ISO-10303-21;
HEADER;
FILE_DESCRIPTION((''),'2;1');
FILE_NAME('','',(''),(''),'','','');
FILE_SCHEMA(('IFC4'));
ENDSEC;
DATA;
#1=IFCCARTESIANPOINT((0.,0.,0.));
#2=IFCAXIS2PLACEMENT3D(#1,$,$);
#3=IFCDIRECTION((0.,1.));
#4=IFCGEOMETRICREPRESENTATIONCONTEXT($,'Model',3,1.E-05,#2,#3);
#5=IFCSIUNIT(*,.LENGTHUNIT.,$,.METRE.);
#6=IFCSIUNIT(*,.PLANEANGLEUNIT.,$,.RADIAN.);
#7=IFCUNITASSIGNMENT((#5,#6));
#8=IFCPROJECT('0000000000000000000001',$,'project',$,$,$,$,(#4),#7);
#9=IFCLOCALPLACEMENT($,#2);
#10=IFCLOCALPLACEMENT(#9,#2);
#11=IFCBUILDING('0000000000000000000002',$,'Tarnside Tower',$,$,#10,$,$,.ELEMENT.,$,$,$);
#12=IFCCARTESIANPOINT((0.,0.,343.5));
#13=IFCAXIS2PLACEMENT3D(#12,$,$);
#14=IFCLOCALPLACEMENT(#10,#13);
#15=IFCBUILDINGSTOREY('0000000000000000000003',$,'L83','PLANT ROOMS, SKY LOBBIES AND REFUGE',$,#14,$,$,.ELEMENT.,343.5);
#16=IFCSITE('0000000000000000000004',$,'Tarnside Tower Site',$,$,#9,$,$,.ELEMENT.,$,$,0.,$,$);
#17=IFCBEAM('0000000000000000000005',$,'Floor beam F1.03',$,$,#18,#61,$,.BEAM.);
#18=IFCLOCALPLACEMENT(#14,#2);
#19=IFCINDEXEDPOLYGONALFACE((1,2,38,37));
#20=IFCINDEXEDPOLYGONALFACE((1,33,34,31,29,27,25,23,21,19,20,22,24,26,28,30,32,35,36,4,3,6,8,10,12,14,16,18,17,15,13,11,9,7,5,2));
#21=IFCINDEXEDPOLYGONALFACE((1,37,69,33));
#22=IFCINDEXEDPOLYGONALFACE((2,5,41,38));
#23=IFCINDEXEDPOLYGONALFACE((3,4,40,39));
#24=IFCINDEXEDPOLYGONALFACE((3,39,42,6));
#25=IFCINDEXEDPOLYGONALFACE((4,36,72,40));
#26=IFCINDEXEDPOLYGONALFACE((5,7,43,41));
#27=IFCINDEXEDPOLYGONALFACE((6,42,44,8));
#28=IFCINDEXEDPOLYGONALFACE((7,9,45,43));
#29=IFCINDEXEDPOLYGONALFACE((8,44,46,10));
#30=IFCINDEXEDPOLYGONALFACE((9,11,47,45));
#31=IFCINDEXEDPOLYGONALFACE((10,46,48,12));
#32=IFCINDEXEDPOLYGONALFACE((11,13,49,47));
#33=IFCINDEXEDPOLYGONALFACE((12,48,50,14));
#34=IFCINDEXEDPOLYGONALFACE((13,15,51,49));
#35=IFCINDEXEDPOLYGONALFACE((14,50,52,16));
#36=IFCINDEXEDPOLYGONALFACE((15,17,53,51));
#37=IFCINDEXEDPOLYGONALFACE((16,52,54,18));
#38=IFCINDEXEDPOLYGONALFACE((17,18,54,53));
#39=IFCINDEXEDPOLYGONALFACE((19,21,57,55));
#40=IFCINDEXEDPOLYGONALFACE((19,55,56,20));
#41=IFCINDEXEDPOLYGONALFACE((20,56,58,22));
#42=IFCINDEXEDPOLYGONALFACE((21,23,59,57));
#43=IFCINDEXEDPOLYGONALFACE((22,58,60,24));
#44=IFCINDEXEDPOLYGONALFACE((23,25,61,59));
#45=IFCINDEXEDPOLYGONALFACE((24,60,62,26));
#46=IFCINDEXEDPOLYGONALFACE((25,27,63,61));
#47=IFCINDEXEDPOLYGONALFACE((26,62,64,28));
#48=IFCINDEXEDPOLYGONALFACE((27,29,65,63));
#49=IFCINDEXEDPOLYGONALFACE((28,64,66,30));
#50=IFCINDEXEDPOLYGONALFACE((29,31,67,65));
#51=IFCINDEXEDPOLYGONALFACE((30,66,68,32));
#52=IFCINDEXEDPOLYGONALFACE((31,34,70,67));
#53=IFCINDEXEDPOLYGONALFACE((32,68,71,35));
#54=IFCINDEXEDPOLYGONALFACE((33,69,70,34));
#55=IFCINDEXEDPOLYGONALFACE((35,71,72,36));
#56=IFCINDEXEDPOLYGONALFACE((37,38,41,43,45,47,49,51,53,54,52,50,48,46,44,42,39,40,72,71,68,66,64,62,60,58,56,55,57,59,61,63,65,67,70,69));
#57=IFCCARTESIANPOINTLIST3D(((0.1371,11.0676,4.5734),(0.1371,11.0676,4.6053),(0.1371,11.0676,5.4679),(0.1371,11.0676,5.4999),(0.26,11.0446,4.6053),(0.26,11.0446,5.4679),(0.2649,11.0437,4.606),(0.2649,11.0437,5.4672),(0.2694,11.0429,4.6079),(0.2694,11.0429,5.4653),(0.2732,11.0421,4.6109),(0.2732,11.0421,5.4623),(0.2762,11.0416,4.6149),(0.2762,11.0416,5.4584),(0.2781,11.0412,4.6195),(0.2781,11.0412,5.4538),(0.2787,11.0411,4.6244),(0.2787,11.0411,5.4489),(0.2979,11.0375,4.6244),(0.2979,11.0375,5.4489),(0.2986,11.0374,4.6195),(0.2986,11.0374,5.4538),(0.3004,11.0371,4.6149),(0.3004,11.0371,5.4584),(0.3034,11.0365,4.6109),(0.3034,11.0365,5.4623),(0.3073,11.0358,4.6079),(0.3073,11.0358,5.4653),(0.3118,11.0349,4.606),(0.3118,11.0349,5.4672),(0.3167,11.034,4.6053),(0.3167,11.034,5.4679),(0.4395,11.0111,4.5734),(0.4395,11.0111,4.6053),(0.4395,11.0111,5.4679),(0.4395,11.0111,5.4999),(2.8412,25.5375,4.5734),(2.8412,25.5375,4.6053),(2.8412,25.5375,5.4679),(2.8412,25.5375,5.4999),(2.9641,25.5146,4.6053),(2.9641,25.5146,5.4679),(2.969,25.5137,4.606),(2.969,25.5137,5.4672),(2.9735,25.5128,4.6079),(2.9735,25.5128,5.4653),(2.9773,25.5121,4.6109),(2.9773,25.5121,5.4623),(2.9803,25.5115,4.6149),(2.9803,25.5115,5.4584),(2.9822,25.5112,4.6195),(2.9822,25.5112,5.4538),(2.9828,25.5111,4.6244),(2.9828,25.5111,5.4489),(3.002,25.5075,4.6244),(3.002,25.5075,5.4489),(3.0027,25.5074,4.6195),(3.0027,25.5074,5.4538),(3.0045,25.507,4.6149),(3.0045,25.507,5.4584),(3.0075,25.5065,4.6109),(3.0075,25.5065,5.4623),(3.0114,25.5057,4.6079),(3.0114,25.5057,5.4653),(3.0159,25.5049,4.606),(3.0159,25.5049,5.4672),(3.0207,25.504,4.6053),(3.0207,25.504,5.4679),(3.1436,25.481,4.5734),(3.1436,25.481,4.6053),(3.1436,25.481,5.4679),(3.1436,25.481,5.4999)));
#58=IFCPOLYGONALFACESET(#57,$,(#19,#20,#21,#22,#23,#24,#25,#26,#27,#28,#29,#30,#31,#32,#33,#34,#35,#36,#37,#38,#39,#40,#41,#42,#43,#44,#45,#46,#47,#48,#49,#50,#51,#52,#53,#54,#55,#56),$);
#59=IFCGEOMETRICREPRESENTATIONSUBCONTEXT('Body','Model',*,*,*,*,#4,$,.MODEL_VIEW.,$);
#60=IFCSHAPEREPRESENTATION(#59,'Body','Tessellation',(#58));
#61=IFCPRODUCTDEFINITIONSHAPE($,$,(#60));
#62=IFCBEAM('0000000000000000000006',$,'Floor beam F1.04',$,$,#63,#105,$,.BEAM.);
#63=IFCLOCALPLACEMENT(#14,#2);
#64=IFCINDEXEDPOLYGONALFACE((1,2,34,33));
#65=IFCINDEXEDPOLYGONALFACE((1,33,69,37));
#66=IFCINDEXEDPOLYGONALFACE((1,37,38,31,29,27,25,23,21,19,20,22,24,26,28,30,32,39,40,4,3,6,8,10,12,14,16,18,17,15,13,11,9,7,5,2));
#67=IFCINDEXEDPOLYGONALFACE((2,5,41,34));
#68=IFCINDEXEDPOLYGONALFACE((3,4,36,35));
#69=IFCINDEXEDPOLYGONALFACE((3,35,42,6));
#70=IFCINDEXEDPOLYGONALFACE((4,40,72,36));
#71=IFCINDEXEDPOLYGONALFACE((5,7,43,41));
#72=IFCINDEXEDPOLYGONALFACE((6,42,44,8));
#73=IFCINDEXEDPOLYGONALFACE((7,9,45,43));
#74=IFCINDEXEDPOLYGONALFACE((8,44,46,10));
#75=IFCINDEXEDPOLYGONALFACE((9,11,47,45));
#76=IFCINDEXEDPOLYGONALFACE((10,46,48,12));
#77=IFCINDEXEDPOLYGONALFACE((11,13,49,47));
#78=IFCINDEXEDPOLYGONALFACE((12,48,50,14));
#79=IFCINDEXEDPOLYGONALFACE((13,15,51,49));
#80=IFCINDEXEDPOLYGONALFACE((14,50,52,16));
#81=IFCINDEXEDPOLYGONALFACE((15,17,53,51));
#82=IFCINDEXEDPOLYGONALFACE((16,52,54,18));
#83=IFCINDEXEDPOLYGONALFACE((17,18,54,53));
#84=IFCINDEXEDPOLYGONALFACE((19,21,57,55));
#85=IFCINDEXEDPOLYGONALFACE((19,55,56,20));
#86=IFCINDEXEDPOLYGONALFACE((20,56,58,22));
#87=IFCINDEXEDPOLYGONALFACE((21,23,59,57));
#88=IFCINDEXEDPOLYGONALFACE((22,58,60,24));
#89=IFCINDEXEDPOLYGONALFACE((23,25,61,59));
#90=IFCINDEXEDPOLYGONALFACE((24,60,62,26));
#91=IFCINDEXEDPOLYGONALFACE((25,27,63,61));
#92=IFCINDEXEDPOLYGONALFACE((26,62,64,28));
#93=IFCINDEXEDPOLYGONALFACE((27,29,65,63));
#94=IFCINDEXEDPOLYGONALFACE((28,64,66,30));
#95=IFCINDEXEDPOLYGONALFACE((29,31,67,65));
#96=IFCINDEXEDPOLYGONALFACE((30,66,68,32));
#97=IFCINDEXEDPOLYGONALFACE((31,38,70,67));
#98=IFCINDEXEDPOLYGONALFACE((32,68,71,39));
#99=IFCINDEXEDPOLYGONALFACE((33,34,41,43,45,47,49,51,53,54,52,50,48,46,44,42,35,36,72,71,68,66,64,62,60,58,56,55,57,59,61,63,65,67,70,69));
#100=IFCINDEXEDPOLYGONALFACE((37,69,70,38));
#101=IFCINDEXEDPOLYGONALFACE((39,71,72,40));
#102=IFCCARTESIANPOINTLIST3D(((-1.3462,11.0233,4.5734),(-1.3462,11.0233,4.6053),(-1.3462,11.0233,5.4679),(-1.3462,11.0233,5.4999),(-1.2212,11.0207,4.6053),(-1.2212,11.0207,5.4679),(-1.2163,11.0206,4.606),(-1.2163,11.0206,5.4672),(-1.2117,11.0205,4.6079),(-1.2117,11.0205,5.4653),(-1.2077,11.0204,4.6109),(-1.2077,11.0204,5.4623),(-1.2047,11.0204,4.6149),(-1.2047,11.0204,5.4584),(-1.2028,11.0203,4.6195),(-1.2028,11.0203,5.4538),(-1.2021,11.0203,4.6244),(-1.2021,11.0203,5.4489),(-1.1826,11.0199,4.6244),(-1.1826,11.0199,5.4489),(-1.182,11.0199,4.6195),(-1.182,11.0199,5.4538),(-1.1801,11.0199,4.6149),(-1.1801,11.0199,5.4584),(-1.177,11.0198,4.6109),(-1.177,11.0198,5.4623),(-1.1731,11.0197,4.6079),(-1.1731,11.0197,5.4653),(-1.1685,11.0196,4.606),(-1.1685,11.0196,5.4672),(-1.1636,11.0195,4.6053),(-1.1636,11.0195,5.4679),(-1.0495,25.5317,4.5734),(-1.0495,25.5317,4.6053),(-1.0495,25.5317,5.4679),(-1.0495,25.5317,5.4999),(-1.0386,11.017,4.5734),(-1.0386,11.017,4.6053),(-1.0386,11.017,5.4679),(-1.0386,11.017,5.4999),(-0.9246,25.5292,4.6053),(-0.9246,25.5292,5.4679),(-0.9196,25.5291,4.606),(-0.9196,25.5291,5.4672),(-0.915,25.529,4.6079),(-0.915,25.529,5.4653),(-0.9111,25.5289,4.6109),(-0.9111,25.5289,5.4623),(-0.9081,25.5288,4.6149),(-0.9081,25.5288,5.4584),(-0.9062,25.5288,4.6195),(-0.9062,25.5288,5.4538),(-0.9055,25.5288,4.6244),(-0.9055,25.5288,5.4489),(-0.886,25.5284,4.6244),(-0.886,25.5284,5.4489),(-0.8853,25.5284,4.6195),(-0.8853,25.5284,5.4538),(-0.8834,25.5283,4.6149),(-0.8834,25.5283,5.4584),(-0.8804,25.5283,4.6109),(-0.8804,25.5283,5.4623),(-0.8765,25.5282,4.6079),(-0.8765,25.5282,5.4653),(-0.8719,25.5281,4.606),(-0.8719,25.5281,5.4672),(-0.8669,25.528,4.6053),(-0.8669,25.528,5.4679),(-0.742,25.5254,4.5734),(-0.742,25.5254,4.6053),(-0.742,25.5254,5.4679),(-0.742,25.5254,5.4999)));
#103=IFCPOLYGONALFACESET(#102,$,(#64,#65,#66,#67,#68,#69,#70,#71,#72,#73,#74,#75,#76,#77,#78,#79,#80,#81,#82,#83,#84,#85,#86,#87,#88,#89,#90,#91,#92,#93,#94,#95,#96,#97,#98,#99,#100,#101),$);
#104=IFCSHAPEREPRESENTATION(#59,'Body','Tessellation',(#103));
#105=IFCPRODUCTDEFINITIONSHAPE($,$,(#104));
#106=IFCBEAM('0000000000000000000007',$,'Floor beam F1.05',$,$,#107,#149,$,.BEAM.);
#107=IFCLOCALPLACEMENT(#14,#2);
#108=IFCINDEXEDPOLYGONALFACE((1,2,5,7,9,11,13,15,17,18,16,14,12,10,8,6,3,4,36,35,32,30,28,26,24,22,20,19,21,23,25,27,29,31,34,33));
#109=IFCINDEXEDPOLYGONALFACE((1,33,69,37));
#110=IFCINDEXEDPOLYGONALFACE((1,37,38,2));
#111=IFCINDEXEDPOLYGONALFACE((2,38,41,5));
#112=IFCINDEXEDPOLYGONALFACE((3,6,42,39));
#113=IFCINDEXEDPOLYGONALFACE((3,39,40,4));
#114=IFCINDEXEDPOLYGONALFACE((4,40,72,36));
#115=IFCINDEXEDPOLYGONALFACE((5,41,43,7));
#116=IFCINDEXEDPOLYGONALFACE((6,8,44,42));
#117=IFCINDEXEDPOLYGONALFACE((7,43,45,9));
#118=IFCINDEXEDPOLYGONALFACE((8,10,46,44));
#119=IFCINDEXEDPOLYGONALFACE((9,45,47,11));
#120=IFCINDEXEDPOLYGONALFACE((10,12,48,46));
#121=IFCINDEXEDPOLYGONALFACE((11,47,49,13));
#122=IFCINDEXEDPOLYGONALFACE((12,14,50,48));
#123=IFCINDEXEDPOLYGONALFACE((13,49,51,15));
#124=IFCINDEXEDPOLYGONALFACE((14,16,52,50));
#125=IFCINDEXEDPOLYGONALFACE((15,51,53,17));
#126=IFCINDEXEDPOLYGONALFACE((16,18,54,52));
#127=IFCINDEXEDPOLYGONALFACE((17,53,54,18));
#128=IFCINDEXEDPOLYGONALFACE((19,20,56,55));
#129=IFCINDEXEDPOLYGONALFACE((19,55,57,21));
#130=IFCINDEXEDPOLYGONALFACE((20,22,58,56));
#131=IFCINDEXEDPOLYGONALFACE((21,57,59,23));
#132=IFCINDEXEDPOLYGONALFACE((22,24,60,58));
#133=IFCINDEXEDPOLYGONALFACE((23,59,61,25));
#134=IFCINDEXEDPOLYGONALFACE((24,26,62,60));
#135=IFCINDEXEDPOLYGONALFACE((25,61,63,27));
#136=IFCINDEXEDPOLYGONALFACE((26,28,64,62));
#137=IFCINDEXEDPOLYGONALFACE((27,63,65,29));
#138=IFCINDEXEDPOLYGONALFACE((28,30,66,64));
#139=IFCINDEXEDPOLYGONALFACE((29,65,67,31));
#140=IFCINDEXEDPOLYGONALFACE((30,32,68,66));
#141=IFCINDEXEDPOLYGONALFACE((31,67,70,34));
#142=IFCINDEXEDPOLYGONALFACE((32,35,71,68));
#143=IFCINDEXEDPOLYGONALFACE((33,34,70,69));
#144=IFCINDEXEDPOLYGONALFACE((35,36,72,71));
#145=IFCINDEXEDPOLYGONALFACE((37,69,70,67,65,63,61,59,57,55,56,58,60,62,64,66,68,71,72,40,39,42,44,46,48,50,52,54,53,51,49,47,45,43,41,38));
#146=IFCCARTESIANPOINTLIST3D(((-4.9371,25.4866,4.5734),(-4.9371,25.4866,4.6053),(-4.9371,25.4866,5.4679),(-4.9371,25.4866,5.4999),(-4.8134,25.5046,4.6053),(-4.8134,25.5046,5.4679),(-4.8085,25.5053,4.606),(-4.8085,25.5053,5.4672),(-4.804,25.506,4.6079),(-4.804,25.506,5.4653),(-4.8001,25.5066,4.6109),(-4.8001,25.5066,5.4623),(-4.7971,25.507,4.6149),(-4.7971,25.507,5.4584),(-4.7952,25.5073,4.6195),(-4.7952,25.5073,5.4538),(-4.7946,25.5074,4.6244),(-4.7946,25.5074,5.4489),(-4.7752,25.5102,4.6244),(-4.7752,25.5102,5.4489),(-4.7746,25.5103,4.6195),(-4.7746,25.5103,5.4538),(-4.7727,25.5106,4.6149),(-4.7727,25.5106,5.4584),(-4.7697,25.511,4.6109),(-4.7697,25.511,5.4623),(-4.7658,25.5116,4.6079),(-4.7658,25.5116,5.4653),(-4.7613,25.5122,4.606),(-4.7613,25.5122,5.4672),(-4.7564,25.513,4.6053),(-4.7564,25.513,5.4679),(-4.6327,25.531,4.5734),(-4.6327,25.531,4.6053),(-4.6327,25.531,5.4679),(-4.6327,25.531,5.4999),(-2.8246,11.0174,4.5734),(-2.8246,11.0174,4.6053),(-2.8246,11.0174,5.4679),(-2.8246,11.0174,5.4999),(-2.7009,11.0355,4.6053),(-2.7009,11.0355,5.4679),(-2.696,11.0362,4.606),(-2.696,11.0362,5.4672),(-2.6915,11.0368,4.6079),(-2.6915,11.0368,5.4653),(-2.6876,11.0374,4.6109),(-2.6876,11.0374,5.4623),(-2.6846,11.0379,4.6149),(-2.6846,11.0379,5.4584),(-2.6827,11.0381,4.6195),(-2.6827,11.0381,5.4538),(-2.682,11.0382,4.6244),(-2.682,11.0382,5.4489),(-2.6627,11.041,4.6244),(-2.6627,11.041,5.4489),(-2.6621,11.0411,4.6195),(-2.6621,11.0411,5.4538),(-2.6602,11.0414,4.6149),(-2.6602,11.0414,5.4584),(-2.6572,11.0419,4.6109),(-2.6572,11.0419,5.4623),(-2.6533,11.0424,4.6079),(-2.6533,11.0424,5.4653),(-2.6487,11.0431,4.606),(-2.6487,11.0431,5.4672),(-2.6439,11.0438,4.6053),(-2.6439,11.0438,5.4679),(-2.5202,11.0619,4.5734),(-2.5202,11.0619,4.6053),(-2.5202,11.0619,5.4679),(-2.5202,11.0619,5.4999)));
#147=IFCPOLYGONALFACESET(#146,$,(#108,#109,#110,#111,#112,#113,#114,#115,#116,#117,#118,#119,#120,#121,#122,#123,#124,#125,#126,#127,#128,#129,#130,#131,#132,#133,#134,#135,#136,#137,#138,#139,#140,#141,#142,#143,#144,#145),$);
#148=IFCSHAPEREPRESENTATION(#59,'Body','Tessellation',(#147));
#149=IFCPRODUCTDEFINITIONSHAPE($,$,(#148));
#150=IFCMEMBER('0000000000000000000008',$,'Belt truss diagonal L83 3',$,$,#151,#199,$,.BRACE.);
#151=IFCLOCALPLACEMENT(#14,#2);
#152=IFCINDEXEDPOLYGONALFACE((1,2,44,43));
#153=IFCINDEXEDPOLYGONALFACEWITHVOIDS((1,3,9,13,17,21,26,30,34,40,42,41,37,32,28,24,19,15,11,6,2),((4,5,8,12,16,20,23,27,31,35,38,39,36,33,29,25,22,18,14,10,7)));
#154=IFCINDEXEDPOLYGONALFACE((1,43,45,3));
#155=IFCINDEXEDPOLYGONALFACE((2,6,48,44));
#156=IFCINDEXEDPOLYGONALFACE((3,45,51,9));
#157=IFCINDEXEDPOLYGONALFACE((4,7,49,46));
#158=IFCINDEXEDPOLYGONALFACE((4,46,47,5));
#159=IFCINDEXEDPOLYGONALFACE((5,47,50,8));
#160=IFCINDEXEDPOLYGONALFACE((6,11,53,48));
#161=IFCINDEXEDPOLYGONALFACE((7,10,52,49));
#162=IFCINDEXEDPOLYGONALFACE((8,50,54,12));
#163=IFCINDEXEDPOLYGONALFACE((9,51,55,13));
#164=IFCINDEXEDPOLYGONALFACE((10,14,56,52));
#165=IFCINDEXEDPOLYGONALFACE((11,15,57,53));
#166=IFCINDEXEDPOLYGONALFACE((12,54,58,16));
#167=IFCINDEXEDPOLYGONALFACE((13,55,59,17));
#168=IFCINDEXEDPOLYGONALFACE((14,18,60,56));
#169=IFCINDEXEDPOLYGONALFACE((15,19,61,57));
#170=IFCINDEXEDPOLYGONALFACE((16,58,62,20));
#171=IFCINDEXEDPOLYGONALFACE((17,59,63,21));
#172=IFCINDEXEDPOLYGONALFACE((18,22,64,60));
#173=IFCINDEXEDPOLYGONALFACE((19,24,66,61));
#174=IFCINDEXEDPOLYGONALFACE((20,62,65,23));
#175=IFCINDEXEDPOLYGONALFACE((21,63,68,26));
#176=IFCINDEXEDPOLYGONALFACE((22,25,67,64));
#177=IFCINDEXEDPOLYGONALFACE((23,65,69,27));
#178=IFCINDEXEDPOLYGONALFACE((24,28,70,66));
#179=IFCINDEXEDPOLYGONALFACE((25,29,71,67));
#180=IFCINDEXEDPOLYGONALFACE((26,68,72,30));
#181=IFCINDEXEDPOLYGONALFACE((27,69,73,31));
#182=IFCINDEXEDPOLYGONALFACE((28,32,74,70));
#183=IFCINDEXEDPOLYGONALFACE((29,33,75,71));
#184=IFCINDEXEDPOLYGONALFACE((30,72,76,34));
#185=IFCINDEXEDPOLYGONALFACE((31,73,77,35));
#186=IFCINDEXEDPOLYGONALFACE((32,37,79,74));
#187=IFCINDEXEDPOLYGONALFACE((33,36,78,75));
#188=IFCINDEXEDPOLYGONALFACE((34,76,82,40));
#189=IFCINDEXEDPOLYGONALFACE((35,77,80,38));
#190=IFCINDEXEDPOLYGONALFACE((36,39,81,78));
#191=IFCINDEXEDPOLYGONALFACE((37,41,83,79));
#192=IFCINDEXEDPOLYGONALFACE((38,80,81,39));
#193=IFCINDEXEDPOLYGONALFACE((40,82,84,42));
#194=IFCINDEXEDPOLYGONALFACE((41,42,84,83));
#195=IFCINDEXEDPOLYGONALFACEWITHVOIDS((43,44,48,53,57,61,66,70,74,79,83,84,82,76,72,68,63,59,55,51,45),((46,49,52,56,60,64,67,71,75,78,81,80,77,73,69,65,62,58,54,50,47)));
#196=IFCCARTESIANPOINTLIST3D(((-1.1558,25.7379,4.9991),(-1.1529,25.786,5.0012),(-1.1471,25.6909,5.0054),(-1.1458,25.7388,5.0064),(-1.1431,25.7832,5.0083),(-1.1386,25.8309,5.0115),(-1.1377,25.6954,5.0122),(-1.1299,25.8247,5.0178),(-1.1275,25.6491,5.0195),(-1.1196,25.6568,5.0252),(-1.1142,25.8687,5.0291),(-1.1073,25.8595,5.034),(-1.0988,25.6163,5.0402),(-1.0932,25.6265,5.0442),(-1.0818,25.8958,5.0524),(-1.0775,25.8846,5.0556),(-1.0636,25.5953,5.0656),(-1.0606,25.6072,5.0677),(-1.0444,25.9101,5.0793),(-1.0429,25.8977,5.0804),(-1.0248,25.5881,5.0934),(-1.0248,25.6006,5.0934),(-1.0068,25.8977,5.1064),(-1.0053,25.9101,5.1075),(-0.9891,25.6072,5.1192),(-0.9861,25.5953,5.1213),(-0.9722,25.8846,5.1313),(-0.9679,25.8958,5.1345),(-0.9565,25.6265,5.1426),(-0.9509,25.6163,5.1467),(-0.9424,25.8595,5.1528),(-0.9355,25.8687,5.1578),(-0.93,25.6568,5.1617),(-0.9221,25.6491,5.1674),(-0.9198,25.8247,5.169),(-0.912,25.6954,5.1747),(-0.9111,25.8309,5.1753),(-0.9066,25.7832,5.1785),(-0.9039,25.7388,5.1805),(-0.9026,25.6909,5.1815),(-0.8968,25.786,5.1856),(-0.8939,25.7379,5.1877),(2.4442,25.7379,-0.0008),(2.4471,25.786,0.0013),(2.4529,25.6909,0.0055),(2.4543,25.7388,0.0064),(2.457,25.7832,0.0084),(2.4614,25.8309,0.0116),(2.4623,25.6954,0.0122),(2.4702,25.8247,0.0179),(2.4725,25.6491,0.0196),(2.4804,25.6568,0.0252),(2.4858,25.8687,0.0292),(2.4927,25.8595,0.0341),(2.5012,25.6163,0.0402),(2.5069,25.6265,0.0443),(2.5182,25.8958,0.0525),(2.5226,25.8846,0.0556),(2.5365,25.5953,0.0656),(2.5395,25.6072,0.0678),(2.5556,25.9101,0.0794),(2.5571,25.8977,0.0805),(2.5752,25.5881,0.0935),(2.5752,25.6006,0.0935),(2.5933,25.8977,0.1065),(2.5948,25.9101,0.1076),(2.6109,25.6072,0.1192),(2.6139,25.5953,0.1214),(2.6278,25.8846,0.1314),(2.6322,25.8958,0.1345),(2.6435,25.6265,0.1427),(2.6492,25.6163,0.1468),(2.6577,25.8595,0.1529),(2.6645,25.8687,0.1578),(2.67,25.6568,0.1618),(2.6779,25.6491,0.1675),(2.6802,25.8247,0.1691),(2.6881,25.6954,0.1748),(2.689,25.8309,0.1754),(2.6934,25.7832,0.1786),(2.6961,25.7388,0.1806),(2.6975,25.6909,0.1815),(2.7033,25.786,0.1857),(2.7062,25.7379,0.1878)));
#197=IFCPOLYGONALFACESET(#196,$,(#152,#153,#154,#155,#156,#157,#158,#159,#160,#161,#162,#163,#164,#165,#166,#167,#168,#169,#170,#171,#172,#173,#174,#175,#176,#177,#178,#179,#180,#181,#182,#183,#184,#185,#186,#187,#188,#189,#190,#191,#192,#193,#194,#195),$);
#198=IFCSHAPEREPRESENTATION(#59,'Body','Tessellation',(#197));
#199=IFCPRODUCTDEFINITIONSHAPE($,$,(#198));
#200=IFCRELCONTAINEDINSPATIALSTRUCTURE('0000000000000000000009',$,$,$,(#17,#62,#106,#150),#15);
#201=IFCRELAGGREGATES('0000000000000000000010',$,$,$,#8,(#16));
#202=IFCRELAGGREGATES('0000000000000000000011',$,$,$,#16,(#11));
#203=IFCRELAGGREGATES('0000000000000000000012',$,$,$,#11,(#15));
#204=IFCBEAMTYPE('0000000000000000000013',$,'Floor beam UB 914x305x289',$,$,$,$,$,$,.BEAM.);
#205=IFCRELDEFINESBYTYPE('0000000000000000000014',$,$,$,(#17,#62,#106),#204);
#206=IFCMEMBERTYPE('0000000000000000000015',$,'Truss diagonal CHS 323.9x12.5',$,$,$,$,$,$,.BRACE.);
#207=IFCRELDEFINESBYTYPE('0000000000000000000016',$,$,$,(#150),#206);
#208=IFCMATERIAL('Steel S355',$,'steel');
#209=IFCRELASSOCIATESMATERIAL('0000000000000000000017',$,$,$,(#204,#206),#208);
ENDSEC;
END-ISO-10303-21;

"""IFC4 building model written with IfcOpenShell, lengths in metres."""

from ifc_helpers import new_model, si_unit, direction, frame, origin, origin_2d, place, context, subcontext, project, spatial, hollow_circle, i_section, extrude, material, material_profile, profile_set, type_object, element, save


model = new_model("IFC4")

# Units and contexts
model_context = context("Model", 3, precision=1e-05, world=origin(), true_north=direction((0.0, 1.0)))
body_context = subcontext(model_context, "Body", "Model", "MODEL_VIEW")
ifc_project = project(units=[si_unit("LENGTHUNIT", "METRE"), si_unit("PLANEANGLEUNIT", "RADIAN")], contexts=[model_context])

# Site, building, storey
site_placement = place(None, origin())
site = spatial("IfcSite", under=ifc_project, at=site_placement, Name="Tarnside Tower Site", CompositionType="ELEMENT", RefElevation=0.0)
building_placement = place(site_placement, origin())
building = spatial("IfcBuilding", under=site, at=building_placement, Name="Tarnside Tower", CompositionType="ELEMENT")
storey_placement = place(building_placement, frame((0.0, 0.0, 343.5)))
storey = spatial("IfcBuildingStorey", under=building, at=storey_placement, Name="L83", Description="PLANT ROOMS, SKY LOBBIES AND REFUGE", CompositionType="ELEMENT", Elevation=343.5)

# Beams
ifc_material_1 = material(Name="Steel S355", Category="steel")
ifc_material_profile_1 = material_profile(ifc_material_1, i_section(OverallWidth=0.3076, OverallDepth=0.9265, WebThickness=0.0195, FlangeThickness=0.032, FilletRadius=0.019, at=origin_2d()), Name="UB 914x305x289")
ifc_profile_set_1 = profile_set([ifc_material_profile_1], Name="Steel S355")
beam_type = type_object("IfcBeamType", Name="Floor beam UB 914x305x289", PredefinedType="BEAM", material=ifc_profile_set_1)
beam_1_placement = place(storey_placement, frame((2.9924, 25.5093, 5.0366), z_axis=(-0.183697, -0.982983, 0.0), x_axis=(0.982983, -0.183697, 0.0)))
element("IfcBeam", 1, at=beam_1_placement, inside=storey, type_object=beam_type, Name="Floor beam F1.03", PredefinedType="BEAM", context=body_context, shape_type="SweptSolid", body=[
    extrude(i_section(OverallWidth=0.3076, OverallDepth=0.9265, WebThickness=0.0195, FlangeThickness=0.032, FilletRadius=0.019, at=origin_2d()), origin(), (0.0, 0.0, 1.0), 14.7205),
])
beam_2_placement = place(storey_placement, frame((-0.8958, 25.5286, 5.0366), z_axis=(-0.020441, -0.999791, 0.0), x_axis=(0.999791, -0.020441, 0.0)))
element("IfcBeam", 2, at=beam_2_placement, inside=storey, type_object=beam_type, Name="Floor beam F1.04", PredefinedType="BEAM", context=body_context, shape_type="SweptSolid", body=[
    extrude(i_section(OverallWidth=0.3076, OverallDepth=0.9265, WebThickness=0.0195, FlangeThickness=0.032, FilletRadius=0.019, at=origin_2d()), origin(), (0.0, 0.0, 1.0), 14.5115),
])
beam_3_placement = place(storey_placement, frame((-4.7849, 25.5088, 5.0366), z_axis=(0.144471, -0.989509, 0.0), x_axis=(0.989509, 0.144471, 0.0)))
element("IfcBeam", 3, at=beam_3_placement, inside=storey, type_object=beam_type, Name="Floor beam F1.05", PredefinedType="BEAM", context=body_context, shape_type="SweptSolid", body=[
    extrude(i_section(OverallWidth=0.3076, OverallDepth=0.9265, WebThickness=0.0195, FlangeThickness=0.032, FilletRadius=0.019, at=origin_2d()), origin(), (0.0, 0.0, 1.0), 14.6226),
])

# Member
ifc_material_profile_2 = material_profile(ifc_material_1, hollow_circle(Radius=0.1619, WallThickness=0.0125, at=origin_2d()), Name="CHS 323.9x12.5")
ifc_profile_set_2 = profile_set([ifc_material_profile_2], Name="Steel S355")
member_type_1 = type_object("IfcMemberType", Name="Truss diagonal CHS 323.9x12.5", PredefinedType="BRACE", material=ifc_profile_set_2)
for number, where, z_axis, x_axis, name in (
    (4, (2.5752, 25.75, 0.0935), (-0.584315, 0.0, 0.811527), (0.0, -1.0, 0.0), "Belt truss diagonal L83 3"),
):
    element("IfcMember", number, at=place(storey_placement, frame(where, z_axis=z_axis, x_axis=x_axis)), inside=storey, type_object=member_type_1, Name=name, PredefinedType="BRACE", context=body_context, shape_type="SweptSolid", body=[
        extrude(hollow_circle(Radius=0.1619, WallThickness=0.0125, at=origin_2d()), origin(), (0.0, 0.0, 1.0), 6.1611),
    ])

save(model, "model.ifc")
